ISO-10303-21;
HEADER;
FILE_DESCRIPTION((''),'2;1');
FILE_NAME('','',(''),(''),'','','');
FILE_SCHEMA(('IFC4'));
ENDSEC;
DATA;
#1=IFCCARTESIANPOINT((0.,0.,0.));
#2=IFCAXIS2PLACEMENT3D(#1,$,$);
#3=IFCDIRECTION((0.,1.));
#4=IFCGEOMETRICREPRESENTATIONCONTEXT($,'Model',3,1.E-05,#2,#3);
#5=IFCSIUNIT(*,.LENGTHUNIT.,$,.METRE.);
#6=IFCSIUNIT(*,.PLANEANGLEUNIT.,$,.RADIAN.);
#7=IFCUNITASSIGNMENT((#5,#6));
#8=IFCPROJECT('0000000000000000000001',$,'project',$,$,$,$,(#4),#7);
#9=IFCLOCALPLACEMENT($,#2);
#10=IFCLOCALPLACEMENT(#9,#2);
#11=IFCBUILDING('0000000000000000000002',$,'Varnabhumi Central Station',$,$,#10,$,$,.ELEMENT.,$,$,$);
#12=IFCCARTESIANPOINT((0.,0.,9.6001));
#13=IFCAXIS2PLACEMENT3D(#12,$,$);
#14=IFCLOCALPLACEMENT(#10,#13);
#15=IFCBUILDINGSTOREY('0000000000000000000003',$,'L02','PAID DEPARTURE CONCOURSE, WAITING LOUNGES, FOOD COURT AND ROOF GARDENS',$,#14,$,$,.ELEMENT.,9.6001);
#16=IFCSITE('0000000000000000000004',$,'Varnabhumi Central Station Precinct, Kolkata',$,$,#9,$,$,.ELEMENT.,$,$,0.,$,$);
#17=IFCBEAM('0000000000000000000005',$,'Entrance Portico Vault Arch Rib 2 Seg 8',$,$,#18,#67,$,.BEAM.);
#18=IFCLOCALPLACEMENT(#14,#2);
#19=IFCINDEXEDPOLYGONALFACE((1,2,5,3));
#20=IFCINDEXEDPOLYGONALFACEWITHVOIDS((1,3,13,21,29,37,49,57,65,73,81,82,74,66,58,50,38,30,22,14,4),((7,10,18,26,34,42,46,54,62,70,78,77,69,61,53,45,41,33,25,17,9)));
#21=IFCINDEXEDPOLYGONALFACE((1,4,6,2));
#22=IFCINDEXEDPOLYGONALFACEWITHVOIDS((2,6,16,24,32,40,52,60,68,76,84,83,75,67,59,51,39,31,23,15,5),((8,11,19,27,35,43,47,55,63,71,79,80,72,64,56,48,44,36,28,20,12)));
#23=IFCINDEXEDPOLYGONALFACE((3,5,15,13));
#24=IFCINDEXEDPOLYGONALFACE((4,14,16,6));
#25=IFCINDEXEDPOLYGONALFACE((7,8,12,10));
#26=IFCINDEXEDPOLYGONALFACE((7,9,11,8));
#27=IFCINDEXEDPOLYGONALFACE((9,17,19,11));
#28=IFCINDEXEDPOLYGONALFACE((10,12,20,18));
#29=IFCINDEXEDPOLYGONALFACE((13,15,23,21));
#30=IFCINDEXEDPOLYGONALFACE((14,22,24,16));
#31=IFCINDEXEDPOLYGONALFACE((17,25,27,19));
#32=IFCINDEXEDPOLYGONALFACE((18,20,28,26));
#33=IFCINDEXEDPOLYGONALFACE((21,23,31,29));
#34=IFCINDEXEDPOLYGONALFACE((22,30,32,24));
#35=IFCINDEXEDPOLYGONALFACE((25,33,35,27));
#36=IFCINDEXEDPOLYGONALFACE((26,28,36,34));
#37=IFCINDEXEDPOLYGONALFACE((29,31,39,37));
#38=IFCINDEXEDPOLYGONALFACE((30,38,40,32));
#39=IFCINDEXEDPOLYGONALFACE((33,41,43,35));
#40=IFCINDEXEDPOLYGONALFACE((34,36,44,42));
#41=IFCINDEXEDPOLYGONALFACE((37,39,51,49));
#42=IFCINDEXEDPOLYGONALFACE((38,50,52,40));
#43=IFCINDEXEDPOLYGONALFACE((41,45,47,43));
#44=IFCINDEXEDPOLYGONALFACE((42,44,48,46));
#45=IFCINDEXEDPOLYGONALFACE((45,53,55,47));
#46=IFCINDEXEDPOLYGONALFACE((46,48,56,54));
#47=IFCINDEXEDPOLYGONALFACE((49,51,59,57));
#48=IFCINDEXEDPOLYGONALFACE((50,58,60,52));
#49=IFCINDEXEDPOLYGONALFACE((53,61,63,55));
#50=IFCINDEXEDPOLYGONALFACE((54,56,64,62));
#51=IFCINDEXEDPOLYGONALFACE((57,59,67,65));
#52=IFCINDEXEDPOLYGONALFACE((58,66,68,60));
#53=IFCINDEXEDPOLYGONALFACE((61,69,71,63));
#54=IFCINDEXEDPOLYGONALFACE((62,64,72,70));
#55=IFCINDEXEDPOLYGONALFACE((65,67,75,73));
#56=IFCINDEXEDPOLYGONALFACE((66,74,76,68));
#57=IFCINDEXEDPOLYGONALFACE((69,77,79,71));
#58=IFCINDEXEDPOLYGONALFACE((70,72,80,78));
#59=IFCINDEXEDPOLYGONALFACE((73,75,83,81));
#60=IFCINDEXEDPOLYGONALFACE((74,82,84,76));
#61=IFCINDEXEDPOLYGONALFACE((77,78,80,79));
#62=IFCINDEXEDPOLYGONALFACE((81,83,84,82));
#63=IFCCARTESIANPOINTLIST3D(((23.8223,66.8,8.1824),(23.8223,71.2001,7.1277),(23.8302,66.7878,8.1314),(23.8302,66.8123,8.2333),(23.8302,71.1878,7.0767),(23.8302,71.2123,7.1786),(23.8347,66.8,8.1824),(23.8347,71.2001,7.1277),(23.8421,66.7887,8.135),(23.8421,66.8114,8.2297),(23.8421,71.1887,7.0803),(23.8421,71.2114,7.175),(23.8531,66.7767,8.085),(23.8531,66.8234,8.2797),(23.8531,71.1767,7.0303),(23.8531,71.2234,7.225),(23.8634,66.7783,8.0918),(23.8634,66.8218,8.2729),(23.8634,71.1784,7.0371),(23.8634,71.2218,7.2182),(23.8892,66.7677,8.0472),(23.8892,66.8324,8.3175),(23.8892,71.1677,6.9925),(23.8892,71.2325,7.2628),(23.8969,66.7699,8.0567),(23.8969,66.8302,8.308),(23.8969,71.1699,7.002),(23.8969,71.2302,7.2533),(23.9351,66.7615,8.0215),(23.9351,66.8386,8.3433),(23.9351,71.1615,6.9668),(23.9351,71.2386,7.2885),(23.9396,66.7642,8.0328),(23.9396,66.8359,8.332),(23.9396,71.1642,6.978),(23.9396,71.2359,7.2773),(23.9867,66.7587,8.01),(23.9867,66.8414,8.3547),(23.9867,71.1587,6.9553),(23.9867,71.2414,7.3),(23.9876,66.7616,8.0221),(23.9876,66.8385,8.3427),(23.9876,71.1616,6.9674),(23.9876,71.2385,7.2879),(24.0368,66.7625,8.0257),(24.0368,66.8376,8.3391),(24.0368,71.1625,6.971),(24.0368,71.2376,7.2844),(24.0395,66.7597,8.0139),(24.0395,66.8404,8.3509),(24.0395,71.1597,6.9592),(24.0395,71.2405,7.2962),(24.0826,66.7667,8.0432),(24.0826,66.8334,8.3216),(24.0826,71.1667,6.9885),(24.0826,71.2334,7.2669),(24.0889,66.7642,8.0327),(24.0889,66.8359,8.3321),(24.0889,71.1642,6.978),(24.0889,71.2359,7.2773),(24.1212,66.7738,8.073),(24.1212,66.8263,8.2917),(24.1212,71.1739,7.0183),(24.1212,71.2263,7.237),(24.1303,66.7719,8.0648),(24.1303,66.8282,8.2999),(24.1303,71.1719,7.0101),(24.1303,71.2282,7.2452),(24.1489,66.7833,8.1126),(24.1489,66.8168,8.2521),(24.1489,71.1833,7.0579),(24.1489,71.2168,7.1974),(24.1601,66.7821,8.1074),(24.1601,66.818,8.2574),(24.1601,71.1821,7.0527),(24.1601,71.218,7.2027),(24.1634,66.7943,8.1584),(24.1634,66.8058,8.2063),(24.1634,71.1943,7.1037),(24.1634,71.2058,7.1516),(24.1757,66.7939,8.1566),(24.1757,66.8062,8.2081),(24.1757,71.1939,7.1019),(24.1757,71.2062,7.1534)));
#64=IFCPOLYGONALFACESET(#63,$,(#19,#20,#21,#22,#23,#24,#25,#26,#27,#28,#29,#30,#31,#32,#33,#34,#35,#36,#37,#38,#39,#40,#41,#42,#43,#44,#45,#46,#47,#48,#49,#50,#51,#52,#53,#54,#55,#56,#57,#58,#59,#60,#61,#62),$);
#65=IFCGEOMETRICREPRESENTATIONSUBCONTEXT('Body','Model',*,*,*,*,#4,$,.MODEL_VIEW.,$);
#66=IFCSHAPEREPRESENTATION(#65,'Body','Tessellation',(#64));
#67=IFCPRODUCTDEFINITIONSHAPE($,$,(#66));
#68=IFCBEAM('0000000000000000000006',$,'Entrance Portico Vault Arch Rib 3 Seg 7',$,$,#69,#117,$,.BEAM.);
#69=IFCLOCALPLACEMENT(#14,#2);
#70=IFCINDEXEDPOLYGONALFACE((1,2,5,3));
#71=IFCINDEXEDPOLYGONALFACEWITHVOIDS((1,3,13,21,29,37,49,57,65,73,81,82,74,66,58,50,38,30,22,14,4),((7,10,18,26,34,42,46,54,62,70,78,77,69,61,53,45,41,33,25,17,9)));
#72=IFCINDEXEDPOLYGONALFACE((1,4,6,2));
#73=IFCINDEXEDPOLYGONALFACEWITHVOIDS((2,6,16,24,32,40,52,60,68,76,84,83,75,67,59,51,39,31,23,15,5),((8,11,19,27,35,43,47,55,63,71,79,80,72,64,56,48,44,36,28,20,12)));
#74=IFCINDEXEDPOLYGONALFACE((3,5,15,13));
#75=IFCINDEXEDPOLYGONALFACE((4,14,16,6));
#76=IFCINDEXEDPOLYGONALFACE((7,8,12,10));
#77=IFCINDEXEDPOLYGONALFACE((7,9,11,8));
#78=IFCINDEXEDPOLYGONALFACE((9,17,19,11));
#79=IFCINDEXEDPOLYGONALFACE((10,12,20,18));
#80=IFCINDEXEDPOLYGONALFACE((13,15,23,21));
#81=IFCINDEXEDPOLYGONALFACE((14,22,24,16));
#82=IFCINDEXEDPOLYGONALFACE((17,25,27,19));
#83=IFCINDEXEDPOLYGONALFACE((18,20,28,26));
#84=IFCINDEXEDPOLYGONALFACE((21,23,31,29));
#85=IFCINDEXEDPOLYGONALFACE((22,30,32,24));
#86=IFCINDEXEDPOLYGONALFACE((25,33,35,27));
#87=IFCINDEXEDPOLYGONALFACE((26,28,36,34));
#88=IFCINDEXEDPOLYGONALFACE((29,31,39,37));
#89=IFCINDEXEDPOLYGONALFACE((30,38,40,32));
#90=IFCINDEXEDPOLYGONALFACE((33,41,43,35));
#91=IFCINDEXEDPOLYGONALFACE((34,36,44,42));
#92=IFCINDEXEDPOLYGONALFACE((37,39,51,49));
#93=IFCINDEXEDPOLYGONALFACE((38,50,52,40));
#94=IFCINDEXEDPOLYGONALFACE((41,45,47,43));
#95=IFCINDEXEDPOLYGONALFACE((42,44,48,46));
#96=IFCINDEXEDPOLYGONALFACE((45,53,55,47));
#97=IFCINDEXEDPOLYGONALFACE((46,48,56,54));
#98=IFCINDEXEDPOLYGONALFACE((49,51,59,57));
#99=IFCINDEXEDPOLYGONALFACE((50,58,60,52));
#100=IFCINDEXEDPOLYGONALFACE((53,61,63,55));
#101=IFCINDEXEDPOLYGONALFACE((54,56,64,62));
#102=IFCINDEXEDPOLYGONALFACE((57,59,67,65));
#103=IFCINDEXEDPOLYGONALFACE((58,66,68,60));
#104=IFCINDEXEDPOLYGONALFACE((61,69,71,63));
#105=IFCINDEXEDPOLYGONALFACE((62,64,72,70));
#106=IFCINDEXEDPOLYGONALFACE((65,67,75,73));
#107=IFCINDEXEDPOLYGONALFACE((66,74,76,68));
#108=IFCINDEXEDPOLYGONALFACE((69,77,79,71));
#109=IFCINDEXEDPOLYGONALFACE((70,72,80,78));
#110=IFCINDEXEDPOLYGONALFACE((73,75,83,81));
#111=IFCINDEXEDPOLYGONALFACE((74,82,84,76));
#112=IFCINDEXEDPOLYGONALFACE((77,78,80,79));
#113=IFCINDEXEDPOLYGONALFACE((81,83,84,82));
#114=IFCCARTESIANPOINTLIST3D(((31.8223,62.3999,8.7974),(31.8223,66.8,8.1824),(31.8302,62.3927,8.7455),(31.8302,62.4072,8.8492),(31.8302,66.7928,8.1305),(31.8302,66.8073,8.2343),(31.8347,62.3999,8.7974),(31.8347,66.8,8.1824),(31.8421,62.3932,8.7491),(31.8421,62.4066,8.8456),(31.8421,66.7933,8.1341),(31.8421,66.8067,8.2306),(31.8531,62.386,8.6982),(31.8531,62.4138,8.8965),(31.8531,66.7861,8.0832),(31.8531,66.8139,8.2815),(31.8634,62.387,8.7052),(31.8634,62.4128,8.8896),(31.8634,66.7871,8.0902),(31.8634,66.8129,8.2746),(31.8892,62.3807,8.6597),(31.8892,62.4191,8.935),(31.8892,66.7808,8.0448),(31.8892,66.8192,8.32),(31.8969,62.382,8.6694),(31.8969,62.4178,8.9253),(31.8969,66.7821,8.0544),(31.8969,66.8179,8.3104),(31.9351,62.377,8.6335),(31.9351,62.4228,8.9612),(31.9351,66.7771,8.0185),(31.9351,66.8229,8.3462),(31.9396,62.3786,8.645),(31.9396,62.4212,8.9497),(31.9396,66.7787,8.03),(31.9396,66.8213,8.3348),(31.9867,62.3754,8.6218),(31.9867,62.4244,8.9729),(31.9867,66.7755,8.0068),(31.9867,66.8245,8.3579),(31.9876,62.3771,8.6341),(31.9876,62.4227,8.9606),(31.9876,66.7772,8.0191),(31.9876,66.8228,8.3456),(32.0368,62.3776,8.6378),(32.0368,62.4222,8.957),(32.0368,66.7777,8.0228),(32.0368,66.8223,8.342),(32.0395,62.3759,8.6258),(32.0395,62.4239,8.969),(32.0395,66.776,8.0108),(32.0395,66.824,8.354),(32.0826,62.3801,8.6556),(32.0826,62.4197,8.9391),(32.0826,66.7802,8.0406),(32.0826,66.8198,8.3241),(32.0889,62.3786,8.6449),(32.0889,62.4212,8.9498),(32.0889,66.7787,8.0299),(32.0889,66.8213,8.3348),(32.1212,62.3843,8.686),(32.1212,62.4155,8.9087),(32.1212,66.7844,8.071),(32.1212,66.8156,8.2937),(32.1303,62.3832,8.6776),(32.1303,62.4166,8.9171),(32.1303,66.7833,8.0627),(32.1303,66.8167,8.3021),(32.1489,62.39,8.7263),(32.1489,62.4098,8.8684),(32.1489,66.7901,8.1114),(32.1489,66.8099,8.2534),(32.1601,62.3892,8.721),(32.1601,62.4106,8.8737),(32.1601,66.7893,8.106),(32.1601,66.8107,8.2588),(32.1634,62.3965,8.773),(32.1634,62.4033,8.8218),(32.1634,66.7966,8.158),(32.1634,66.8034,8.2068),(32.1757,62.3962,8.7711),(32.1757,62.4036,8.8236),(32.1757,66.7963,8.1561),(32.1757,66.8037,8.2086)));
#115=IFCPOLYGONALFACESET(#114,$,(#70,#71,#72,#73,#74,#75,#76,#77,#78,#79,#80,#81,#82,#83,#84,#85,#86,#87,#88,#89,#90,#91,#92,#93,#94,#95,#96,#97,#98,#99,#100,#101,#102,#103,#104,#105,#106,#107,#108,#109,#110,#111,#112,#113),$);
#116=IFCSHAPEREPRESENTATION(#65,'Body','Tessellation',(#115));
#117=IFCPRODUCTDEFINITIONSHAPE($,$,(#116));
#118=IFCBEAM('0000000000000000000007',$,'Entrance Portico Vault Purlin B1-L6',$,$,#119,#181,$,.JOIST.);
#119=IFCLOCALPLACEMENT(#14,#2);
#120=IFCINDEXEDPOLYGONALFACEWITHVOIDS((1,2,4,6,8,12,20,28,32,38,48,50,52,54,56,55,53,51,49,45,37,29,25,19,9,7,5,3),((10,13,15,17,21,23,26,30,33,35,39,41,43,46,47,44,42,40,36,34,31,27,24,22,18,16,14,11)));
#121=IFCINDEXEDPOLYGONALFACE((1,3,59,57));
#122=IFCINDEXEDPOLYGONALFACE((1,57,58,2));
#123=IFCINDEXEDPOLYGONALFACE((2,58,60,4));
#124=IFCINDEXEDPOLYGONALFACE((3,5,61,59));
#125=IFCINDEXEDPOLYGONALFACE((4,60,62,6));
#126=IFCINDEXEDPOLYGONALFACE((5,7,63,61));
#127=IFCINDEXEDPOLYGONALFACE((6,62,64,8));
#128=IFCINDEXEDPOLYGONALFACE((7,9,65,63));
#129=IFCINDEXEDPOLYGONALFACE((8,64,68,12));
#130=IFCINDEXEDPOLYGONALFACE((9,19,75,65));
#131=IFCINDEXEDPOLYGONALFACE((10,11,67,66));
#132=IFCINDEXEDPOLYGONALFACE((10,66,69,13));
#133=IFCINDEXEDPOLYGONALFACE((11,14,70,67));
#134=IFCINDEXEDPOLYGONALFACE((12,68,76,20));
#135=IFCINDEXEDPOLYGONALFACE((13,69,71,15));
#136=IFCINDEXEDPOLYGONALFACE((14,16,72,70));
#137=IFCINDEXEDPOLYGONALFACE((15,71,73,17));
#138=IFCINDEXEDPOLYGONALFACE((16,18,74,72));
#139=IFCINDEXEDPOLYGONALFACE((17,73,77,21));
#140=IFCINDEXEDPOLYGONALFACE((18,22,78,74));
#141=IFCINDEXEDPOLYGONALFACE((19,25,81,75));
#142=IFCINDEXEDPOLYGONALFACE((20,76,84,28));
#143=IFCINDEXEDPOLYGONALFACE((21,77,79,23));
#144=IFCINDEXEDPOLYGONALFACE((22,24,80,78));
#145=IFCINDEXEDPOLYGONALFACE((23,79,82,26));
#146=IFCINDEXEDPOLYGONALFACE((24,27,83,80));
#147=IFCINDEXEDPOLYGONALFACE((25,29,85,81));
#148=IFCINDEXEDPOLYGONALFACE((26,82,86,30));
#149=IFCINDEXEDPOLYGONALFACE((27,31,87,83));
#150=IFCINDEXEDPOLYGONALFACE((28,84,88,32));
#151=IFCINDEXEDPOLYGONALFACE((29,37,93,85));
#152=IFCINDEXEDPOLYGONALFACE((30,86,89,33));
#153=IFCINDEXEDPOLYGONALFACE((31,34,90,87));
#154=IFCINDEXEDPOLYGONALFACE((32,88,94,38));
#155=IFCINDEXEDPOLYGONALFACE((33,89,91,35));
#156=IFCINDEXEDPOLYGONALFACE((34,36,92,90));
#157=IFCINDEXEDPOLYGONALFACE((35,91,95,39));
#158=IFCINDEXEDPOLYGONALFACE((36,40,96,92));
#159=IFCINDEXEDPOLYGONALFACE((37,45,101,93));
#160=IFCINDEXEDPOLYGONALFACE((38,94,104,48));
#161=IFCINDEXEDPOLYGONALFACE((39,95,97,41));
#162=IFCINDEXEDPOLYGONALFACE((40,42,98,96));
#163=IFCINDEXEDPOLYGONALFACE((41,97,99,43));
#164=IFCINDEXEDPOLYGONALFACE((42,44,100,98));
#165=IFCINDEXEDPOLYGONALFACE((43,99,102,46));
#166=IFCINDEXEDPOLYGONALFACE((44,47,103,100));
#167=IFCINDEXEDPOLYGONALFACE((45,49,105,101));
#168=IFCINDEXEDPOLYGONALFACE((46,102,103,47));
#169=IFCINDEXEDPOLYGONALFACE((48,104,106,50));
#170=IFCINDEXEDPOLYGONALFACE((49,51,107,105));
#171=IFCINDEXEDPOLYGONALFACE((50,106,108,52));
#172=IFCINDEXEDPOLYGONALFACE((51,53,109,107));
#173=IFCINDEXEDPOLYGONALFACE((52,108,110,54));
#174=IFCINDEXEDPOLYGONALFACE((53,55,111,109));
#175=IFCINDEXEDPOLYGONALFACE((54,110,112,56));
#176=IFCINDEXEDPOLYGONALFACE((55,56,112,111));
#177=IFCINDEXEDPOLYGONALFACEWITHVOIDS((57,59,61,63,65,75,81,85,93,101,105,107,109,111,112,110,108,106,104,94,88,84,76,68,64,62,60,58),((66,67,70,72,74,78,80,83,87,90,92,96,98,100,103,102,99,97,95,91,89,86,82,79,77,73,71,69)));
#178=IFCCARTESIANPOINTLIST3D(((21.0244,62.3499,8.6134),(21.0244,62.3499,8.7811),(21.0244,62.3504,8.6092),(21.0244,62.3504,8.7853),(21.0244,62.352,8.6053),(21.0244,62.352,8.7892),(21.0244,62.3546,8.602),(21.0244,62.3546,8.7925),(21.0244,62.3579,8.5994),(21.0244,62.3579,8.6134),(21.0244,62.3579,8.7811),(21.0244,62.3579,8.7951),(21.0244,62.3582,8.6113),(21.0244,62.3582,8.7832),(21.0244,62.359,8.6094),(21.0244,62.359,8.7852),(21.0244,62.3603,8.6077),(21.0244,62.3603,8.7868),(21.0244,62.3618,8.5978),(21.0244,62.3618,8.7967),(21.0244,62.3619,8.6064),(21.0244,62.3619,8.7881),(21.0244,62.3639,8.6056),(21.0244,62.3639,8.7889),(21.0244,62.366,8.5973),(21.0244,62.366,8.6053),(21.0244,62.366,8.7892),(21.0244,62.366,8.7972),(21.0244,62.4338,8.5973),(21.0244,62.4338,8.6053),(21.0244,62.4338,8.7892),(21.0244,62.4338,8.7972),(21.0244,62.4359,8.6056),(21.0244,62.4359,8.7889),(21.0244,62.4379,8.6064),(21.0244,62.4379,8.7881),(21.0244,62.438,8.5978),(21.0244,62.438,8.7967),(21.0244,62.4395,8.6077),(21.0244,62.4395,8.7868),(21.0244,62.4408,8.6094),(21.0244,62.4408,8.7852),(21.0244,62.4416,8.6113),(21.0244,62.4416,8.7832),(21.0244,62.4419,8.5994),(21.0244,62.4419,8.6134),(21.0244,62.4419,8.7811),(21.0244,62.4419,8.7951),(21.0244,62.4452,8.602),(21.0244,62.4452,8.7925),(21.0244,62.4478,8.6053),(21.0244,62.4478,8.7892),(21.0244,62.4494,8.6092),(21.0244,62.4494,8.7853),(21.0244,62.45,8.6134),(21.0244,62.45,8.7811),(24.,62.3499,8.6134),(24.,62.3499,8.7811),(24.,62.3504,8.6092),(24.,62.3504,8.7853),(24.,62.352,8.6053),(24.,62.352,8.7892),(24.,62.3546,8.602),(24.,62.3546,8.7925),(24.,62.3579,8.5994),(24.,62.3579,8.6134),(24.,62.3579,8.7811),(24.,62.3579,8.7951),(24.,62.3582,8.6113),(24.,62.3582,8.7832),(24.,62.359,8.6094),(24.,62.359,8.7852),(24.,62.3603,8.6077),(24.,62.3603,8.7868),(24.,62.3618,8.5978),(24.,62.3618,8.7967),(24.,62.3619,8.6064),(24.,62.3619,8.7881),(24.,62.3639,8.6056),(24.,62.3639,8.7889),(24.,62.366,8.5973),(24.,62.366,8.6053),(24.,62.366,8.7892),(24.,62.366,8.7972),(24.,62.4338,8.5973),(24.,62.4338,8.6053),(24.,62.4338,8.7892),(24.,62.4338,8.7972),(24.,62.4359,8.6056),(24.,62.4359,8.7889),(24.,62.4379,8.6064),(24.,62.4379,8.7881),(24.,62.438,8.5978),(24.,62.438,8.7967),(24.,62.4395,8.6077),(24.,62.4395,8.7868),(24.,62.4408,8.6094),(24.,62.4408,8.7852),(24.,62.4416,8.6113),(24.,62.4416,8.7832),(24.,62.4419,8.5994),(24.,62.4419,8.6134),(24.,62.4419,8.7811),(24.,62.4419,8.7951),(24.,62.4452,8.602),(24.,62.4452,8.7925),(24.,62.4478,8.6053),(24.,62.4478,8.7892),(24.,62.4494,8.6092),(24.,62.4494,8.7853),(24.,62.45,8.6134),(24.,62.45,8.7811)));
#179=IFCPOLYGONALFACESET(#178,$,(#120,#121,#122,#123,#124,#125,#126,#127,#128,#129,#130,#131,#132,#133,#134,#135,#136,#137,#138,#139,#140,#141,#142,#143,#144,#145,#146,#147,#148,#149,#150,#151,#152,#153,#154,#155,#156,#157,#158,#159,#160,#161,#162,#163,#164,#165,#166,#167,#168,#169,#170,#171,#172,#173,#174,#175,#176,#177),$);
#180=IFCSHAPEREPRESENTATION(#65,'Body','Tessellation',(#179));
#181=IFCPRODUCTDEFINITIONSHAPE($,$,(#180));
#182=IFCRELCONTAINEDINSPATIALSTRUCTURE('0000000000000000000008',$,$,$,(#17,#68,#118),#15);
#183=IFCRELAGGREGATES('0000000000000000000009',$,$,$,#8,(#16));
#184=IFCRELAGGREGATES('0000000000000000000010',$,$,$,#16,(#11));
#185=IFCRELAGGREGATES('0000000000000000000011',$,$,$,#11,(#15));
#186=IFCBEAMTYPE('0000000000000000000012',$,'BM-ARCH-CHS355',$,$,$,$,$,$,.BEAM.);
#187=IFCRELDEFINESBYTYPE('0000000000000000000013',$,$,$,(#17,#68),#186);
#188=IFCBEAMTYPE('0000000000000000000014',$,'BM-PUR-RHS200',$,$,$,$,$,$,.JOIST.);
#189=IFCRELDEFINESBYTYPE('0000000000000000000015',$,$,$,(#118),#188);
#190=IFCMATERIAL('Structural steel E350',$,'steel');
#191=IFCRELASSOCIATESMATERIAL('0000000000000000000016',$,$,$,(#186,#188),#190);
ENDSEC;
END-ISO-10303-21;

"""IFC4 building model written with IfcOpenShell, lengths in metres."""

from ifc_helpers import new_model, si_unit, direction, frame, origin, origin_2d, place, context, subcontext, project, spatial, hollow_rectangle, hollow_circle, extrude, material, material_profile, profile_set, type_object, element, save


model = new_model("IFC4")

# Units and contexts
model_context = context("Model", 3, precision=1e-05, world=origin(), true_north=direction((0.0, 1.0)))
body_context = subcontext(model_context, "Body", "Model", "MODEL_VIEW")
ifc_project = project(units=[si_unit("LENGTHUNIT", "METRE"), si_unit("PLANEANGLEUNIT", "RADIAN")], contexts=[model_context])

# Site, building, storey
site_placement = place(None, origin())
site = spatial("IfcSite", under=ifc_project, at=site_placement, Name="Varnabhumi Central Station Precinct, Kolkata", CompositionType="ELEMENT", RefElevation=0.0)
building_placement = place(site_placement, origin())
building = spatial("IfcBuilding", under=site, at=building_placement, Name="Varnabhumi Central Station", CompositionType="ELEMENT")
storey_placement = place(building_placement, frame((0.0, 0.0, 9.6001)))
storey = spatial("IfcBuildingStorey", under=building, at=storey_placement, Name="L02", Description="PAID DEPARTURE CONCOURSE, WAITING LOUNGES, FOOD COURT AND ROOF GARDENS", CompositionType="ELEMENT", Elevation=9.6001)

# Beams
ifc_material_1 = material(Name="Structural steel E350", Category="steel")
ifc_material_profile_1 = material_profile(ifc_material_1, hollow_circle(Radius=0.1777, WallThickness=0.0125, at=origin_2d()), Name="Structural steel E350", Category="steel")
ifc_profile_set_1 = profile_set([ifc_material_profile_1], Name="Structural steel E350")
beam_type_1 = type_object("IfcBeamType", Name="BM-ARCH-CHS355", PredefinedType="BEAM", material=ifc_profile_set_1)
beam_1_placement = place(storey_placement, frame((24.0, 66.8, 8.1824), z_axis=(0.0, 0.972452, -0.233104), x_axis=(-1.0, 0.0, 0.0)))
element("IfcBeam", 1, at=beam_1_placement, inside=storey, type_object=beam_type_1, Name="Entrance Portico Vault Arch Rib 2 Seg 8", PredefinedType="BEAM", context=body_context, shape_type="SweptSolid", body=[
    extrude(hollow_circle(Radius=0.1777, WallThickness=0.0125, at=origin_2d()), origin(), (0.0, 0.0, 1.0), 4.5247),
])
beam_2_placement = place(storey_placement, frame((32.0, 62.3999, 8.7974), z_axis=(0.0, 0.990374, -0.13842), x_axis=(-1.0, 0.0, 0.0)))
element("IfcBeam", 2, at=beam_2_placement, inside=storey, type_object=beam_type_1, Name="Entrance Portico Vault Arch Rib 3 Seg 7", PredefinedType="BEAM", context=body_context, shape_type="SweptSolid", body=[
    extrude(hollow_circle(Radius=0.1777, WallThickness=0.0125, at=origin_2d()), origin(), (0.0, 0.0, 1.0), 4.4429),
])
ifc_material_profile_2 = material_profile(ifc_material_1, hollow_rectangle(XDim=0.1001, YDim=0.2, WallThickness=0.0081, InnerFilletRadius=0.0081, OuterFilletRadius=0.0161, at=origin_2d()), Name="Structural steel E350", Category="steel")
ifc_profile_set_2 = profile_set([ifc_material_profile_2], Name="Structural steel E350")
beam_type_2 = type_object("IfcBeamType", Name="BM-PUR-RHS200", PredefinedType="JOIST", material=ifc_profile_set_2)
beam_3_placement = place(storey_placement, frame((21.0244, 62.3999, 8.6973), z_axis=(1.0, 0.0, 0.0), x_axis=(0.0, 1.0, 0.0)))
element("IfcBeam", 3, at=beam_3_placement, inside=storey, type_object=beam_type_2, Name="Entrance Portico Vault Purlin B1-L6", PredefinedType="JOIST", context=body_context, shape_type="SweptSolid", body=[
    extrude(hollow_rectangle(XDim=0.1001, YDim=0.2, WallThickness=0.0081, InnerFilletRadius=0.0081, OuterFilletRadius=0.0161, at=origin_2d()), origin(), (0.0, 0.0, 1.0), 2.9756),
])

save(model, "model.ifc")
